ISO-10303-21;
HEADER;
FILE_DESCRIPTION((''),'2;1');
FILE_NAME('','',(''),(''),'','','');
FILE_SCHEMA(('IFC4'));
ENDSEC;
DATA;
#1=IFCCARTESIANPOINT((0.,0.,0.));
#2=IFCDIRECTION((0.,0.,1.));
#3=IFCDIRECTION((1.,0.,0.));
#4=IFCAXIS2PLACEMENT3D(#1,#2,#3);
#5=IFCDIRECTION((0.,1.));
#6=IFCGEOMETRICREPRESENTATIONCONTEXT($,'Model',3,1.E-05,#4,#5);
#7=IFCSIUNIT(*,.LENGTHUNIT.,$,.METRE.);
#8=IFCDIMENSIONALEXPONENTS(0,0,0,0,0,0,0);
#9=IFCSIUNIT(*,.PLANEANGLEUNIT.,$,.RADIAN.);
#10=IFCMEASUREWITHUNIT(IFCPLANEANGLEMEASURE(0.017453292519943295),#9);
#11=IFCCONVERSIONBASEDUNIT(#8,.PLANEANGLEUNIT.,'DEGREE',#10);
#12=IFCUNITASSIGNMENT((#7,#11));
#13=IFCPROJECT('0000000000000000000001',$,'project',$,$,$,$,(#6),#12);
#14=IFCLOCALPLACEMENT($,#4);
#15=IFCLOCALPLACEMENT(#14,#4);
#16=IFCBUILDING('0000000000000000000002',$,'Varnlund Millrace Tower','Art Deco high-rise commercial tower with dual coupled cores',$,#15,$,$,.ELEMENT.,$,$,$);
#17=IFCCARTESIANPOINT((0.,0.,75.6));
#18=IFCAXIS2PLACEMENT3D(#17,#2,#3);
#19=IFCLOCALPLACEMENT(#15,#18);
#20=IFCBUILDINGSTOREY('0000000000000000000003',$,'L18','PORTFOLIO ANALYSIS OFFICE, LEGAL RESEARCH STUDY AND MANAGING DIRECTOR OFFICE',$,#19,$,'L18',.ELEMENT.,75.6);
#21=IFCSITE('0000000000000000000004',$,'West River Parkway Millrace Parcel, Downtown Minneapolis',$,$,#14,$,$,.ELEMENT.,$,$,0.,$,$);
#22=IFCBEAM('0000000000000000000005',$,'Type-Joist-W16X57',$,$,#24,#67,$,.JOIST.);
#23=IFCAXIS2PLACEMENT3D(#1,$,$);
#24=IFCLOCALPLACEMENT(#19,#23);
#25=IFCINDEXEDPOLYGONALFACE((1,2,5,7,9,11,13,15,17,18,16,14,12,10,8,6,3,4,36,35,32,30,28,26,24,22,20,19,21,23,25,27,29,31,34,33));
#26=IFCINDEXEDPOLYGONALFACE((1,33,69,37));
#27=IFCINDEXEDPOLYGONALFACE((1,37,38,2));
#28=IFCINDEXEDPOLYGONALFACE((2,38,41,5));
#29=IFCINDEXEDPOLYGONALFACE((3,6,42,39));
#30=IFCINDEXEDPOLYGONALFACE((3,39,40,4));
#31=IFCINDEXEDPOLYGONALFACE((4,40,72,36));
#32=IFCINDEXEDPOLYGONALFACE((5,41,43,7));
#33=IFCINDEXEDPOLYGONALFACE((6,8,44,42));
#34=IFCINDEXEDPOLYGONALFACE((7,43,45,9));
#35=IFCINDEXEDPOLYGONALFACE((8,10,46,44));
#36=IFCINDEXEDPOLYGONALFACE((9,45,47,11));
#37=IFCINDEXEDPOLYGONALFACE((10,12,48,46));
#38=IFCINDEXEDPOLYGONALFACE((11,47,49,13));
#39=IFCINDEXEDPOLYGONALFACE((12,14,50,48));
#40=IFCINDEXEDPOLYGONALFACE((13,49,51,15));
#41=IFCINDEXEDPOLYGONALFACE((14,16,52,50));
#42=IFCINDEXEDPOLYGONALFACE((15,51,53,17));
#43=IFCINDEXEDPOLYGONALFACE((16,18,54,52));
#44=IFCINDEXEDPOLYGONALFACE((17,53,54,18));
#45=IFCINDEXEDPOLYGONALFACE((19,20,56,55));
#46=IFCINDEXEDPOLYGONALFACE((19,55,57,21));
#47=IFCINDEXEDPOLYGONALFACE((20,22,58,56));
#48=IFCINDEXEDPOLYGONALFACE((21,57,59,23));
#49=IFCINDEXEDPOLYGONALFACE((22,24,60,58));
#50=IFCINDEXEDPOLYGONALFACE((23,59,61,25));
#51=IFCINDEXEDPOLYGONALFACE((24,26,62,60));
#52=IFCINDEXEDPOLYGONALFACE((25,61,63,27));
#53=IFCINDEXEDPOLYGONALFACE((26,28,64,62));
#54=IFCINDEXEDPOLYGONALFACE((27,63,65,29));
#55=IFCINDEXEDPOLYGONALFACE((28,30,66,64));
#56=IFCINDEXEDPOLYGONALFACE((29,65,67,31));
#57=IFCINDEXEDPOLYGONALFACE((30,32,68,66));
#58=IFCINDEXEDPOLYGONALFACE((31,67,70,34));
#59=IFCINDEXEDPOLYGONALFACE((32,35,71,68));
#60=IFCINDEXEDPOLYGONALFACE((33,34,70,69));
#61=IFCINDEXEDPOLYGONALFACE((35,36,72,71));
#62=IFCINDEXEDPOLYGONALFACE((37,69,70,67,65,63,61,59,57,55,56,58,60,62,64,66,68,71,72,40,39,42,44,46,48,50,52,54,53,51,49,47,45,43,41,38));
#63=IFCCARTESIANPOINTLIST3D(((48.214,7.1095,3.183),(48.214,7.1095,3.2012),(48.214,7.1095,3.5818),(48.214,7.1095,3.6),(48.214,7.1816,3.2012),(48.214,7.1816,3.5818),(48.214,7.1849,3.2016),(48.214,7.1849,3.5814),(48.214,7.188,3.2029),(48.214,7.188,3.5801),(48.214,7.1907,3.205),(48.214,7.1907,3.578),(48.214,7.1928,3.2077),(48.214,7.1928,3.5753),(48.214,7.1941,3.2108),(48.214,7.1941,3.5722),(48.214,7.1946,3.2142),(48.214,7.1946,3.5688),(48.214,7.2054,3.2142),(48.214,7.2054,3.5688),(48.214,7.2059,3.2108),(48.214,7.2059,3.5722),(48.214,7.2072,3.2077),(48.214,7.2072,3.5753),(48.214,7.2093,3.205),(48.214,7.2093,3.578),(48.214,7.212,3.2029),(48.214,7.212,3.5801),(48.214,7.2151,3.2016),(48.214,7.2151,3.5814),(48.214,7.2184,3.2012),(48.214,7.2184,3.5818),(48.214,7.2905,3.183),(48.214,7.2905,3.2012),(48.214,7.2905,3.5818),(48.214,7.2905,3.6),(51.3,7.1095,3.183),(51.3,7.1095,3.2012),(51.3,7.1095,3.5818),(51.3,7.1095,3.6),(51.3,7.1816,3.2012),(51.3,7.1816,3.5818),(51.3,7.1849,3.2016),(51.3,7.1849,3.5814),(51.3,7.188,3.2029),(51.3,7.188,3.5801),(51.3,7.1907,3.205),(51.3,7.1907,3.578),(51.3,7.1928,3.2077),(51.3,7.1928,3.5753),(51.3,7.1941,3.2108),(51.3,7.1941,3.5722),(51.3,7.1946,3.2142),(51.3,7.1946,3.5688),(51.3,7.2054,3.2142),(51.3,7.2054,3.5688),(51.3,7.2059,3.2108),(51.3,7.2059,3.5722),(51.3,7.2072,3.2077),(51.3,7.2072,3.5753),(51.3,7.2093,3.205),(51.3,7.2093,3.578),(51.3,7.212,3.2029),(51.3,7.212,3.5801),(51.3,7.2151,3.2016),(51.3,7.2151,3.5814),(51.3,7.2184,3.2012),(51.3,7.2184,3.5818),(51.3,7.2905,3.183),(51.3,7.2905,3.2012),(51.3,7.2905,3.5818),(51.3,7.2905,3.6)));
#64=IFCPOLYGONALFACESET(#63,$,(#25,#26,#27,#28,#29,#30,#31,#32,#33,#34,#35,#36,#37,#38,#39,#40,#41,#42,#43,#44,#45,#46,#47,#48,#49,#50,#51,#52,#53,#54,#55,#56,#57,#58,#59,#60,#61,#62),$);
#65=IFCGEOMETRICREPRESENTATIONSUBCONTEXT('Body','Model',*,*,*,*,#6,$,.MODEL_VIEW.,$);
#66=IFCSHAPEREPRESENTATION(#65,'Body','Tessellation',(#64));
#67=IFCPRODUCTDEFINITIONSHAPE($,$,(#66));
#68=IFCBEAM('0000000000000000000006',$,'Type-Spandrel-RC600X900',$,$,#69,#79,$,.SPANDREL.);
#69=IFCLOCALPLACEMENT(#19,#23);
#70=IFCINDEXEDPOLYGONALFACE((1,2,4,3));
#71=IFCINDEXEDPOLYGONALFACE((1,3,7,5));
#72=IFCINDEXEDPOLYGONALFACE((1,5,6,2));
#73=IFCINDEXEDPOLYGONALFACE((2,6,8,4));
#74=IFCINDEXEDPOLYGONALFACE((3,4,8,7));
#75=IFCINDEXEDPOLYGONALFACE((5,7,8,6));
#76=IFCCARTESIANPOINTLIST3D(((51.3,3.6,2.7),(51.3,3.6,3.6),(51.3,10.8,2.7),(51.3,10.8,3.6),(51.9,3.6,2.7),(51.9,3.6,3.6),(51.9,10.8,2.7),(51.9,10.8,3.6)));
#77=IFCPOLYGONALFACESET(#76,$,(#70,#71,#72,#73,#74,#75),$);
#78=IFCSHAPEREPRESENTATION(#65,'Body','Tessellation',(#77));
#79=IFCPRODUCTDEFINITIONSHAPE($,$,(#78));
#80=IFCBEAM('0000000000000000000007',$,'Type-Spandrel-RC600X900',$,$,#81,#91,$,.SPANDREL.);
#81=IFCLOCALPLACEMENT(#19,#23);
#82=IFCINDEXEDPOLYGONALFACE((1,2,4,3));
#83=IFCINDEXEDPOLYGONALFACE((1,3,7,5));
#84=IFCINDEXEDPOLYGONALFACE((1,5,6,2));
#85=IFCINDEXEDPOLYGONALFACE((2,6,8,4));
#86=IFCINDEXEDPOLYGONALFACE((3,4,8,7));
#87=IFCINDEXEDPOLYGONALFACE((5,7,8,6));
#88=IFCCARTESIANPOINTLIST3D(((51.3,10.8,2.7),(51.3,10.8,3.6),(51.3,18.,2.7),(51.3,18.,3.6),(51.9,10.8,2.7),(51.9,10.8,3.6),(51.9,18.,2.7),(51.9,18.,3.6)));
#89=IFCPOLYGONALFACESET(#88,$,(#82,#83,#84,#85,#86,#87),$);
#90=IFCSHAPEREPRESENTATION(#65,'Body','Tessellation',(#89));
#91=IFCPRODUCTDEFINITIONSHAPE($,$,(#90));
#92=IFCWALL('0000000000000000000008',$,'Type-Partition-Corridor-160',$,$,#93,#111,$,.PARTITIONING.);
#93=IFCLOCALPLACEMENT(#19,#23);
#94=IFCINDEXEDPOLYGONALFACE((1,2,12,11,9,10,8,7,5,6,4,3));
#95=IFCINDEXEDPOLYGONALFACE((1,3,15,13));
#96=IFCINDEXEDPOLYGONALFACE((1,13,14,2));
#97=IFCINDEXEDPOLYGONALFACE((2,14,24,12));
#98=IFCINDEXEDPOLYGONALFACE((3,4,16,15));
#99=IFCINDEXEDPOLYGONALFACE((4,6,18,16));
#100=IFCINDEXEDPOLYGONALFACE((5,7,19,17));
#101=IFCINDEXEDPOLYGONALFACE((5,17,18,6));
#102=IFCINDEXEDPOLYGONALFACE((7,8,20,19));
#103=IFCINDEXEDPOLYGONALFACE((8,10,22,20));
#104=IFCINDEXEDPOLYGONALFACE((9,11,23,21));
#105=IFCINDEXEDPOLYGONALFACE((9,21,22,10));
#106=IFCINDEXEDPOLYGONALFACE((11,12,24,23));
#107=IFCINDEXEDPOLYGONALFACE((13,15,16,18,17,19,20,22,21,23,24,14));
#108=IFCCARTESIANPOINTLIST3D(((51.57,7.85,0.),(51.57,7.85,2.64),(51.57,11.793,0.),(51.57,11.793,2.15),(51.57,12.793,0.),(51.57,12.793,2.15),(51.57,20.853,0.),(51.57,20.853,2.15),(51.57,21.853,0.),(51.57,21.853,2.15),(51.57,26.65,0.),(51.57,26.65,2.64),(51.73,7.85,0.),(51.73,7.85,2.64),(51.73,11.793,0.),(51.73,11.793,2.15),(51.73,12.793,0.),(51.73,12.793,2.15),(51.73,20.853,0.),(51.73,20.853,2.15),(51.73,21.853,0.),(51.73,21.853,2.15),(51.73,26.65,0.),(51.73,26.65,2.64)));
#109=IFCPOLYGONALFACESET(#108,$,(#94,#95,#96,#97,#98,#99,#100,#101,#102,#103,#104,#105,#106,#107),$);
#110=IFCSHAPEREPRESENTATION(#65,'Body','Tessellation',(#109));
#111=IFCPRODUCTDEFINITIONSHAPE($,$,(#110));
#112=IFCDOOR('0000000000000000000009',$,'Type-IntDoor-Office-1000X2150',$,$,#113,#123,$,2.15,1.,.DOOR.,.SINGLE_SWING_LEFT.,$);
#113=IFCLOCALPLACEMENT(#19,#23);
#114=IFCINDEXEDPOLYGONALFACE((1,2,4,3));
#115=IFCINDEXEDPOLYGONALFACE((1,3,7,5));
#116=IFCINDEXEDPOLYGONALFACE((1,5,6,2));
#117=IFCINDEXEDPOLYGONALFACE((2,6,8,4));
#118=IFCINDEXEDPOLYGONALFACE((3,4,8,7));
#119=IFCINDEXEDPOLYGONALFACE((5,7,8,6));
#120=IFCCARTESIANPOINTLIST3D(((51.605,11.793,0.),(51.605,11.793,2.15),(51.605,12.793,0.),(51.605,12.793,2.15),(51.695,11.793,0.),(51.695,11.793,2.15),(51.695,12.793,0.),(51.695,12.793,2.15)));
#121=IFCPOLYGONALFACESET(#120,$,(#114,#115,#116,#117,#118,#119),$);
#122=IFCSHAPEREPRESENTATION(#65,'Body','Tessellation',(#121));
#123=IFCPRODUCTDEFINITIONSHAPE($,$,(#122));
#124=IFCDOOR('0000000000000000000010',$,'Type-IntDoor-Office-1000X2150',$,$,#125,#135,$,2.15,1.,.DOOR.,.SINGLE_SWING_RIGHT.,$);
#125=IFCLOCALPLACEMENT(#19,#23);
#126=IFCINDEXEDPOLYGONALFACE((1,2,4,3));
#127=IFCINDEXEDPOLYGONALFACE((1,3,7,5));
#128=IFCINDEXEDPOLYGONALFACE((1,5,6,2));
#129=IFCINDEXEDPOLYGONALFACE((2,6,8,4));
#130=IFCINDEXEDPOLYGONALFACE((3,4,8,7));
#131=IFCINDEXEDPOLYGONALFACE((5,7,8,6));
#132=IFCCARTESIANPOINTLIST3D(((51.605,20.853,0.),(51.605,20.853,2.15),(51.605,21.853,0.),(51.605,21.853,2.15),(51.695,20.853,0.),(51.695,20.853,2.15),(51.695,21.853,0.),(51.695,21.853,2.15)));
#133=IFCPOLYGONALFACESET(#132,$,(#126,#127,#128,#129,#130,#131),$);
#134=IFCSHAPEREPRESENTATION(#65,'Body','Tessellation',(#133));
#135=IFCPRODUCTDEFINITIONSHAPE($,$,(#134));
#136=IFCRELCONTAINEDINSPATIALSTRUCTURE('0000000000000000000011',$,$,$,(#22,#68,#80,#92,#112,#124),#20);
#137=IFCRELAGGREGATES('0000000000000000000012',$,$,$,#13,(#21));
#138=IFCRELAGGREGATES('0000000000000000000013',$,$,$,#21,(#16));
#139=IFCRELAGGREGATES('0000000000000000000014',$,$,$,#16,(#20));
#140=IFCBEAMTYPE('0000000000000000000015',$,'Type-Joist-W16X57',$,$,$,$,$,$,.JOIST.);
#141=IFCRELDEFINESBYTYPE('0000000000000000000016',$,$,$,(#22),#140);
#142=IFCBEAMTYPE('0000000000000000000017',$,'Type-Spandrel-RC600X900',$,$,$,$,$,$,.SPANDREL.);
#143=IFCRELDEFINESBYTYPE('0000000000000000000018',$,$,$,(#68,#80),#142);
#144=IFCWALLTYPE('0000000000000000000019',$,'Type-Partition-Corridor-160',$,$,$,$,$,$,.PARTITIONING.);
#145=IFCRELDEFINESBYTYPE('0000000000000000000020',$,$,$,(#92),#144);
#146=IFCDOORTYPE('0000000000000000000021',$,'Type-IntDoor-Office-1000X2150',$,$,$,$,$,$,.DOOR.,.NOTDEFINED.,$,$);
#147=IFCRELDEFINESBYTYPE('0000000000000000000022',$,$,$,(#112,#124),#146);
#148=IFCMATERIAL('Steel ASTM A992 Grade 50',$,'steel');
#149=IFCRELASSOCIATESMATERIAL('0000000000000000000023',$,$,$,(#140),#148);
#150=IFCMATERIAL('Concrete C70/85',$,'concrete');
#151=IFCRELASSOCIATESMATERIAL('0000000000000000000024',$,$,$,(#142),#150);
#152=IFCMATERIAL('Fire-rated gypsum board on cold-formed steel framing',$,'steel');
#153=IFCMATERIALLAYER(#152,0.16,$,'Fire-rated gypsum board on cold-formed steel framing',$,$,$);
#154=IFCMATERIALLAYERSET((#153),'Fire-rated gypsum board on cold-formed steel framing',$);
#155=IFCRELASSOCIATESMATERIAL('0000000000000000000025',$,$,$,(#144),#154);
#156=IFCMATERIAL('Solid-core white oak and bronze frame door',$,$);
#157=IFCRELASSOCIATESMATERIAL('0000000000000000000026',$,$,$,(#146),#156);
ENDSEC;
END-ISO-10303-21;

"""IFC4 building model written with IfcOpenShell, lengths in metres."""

from ifc_helpers import new_model, entity, si_unit, converted_unit, direction, frame, origin_with_axes, origin_2d_with_axis, place, context, subcontext, project, spatial, polyline, rectangle, i_section, outline, extrude, material, layer, layer_set, material_profile, profile_set, type_object, element, fill, save


model = new_model("IFC4")

# Units and contexts
model_context = context("Model", 3, precision=1e-05, world=origin_with_axes(), true_north=direction((0.0, 1.0)))
body_context = subcontext(model_context, "Body", "Model", "MODEL_VIEW")
ifc_project = project(units=[si_unit("LENGTHUNIT", "METRE"), converted_unit("PLANEANGLEUNIT", "DEGREE", entity("IfcPlaneAngleMeasure", 0.017453292519943295), si_unit("PLANEANGLEUNIT", "RADIAN"), dimensions=[0, 0, 0, 0, 0, 0, 0])], contexts=[model_context])

# Site, building, storey
site_placement = place(None, origin_with_axes())
site = spatial("IfcSite", under=ifc_project, at=site_placement, Name="West River Parkway Millrace Parcel, Downtown Minneapolis", CompositionType="ELEMENT", RefElevation=0.0)
building_placement = place(site_placement, origin_with_axes())
building = spatial("IfcBuilding", under=site, at=building_placement, Name="Varnlund Millrace Tower", Description="Art Deco high-rise commercial tower with dual coupled cores", CompositionType="ELEMENT")
storey_placement = place(building_placement, frame((0.0, 0.0, 75.6), z_axis=(0.0, 0.0, 1.0), x_axis=(1.0, 0.0, 0.0)))
storey = spatial("IfcBuildingStorey", under=building, at=storey_placement, Name="L18", Description="PORTFOLIO ANALYSIS OFFICE, LEGAL RESEARCH STUDY AND MANAGING DIRECTOR OFFICE", LongName="L18", CompositionType="ELEMENT", Elevation=75.6)

# Beams
ifc_material_1 = material(Name="Steel ASTM A992 Grade 50", Category="steel")
ifc_material_profile_1 = material_profile(ifc_material_1, i_section(OverallWidth=0.181, OverallDepth=0.417, WebThickness=0.0109, FlangeThickness=0.0182, FilletRadius=0.013, at=origin_2d_with_axis()), Name="Steel ASTM A992 Grade 50")
ifc_profile_set_1 = profile_set([ifc_material_profile_1], Name="Steel ASTM A992 Grade 50")
beam_type_1 = type_object("IfcBeamType", Name="Type-Joist-W16X57", PredefinedType="JOIST", material=ifc_profile_set_1)
beam_1_placement = place(storey_placement, frame((48.214, 7.2, 3.3915), z_axis=(1.0, 0.0, 0.0), x_axis=(0.0, 1.0, 0.0)))
element("IfcBeam", 1, at=beam_1_placement, inside=storey, type_object=beam_type_1, Name="Type-Joist-W16X57", PredefinedType="JOIST", context=body_context, shape_type="SweptSolid", body=[
    extrude(i_section(OverallWidth=0.181, OverallDepth=0.417, WebThickness=0.0109, FlangeThickness=0.0182, FilletRadius=0.013, at=origin_2d_with_axis()), origin_with_axes(), (0.0, 0.0, 1.0), 3.086),
])
ifc_material_2 = material(Name="Concrete C70/85", Category="concrete")
ifc_material_profile_2 = material_profile(ifc_material_2, rectangle(XDim=0.6, YDim=0.9, at=origin_2d_with_axis()), Name="Concrete C70/85")
ifc_profile_set_2 = profile_set([ifc_material_profile_2], Name="Concrete C70/85")
beam_type_2 = type_object("IfcBeamType", Name="Type-Spandrel-RC600X900", PredefinedType="SPANDREL", material=ifc_profile_set_2)
for number, where, z_axis, x_axis, name in (
    (2, (51.6, 3.6, 3.15), (0.0, 1.0, 0.0), (-1.0, 0.0, 0.0), "Type-Spandrel-RC600X900"),
    (3, (51.6, 10.8, 3.15), (0.0, 1.0, 0.0), (-1.0, 0.0, 0.0), "Type-Spandrel-RC600X900"),
):
    element("IfcBeam", number, at=place(storey_placement, frame(where, z_axis=z_axis, x_axis=x_axis)), inside=storey, type_object=beam_type_2, Name=name, PredefinedType="SPANDREL", context=body_context, shape_type="SweptSolid", body=[
        extrude(rectangle(XDim=0.6, YDim=0.9, at=origin_2d_with_axis()), origin_with_axes(), (0.0, 0.0, 1.0), 7.2),
    ])

# Wall, openings, doors
ifc_material_3 = material(Name="Fire-rated gypsum board on cold-formed steel framing", Category="steel")
ifc_layer = layer(ifc_material_3, 0.16, Name="Fire-rated gypsum board on cold-formed steel framing")
ifc_layer_set = layer_set([ifc_layer], Name="Fire-rated gypsum board on cold-formed steel framing")
wall_type = type_object("IfcWallType", Name="Type-Partition-Corridor-160", PredefinedType="PARTITIONING", material=ifc_layer_set)
wall_placement = place(storey_placement, frame((51.65, 7.85, 0.0), z_axis=(0.0, 0.0, 1.0), x_axis=(0.0, 1.0, 0.0)))
wall = element("IfcWall", 4, at=wall_placement, inside=storey, type_object=wall_type, Name="Type-Partition-Corridor-160", PredefinedType="PARTITIONING", context=body_context, shape_type="SweptSolid", body=[
    extrude(outline(polyline([(0.0, -0.08), (18.8, -0.08), (18.8, 0.08), (0.0, 0.08), (0.0, -0.08)])), origin_with_axes(), (0.0, 0.0, 1.0), 2.64),
])
opening_1_placement = place(wall_placement, frame((4.443, 0.0, 0.0), z_axis=(0.0, 0.0, 1.0), x_axis=(1.0, 0.0, 0.0)))
opening_1 = element("IfcOpeningElement", 5, at=opening_1_placement, cuts=wall, PredefinedType="OPENING", context=body_context, shape_type="SweptSolid", body=[
    extrude(rectangle(XDim=1.0, YDim=0.18, at=origin_2d_with_axis()), origin_with_axes(), (0.0, 0.0, 1.0), 2.15),
])
opening_2_placement = place(wall_placement, frame((13.503, 0.0, 0.0), z_axis=(0.0, 0.0, 1.0), x_axis=(1.0, 0.0, 0.0)))
opening_2 = element("IfcOpeningElement", 6, at=opening_2_placement, cuts=wall, PredefinedType="OPENING", context=body_context, shape_type="SweptSolid", body=[
    extrude(rectangle(XDim=1.0, YDim=0.18, at=origin_2d_with_axis()), origin_with_axes(), (0.0, 0.0, 1.0), 2.15),
])
ifc_material_4 = material(Name="Solid-core white oak and bronze frame door")
door_type = type_object("IfcDoorType", Name="Type-IntDoor-Office-1000X2150", OperationType="NOTDEFINED", PredefinedType="DOOR", material=ifc_material_4)
door_1_placement = place(wall_placement, frame((4.443, 0.0, 0.0), z_axis=(0.0, 0.0, 1.0), x_axis=(1.0, 0.0, 0.0)))
door_1 = element("IfcDoor", 7, at=door_1_placement, inside=storey, type_object=door_type, Name="Type-IntDoor-Office-1000X2150", OperationType="SINGLE_SWING_LEFT", OverallHeight=2.15, OverallWidth=1.0, PredefinedType="DOOR", context=body_context, shape_type="SweptSolid", body=[
    extrude(rectangle(XDim=1.0, YDim=0.09, at=origin_2d_with_axis()), origin_with_axes(), (0.0, 0.0, 1.0), 2.15),
])
fill(opening_1, door_1)
door_2_placement = place(wall_placement, frame((13.503, 0.0, 0.0), z_axis=(0.0, 0.0, 1.0), x_axis=(1.0, 0.0, 0.0)))
door_2 = element("IfcDoor", 8, at=door_2_placement, inside=storey, type_object=door_type, Name="Type-IntDoor-Office-1000X2150", OperationType="SINGLE_SWING_RIGHT", OverallHeight=2.15, OverallWidth=1.0, PredefinedType="DOOR", context=body_context, shape_type="SweptSolid", body=[
    extrude(rectangle(XDim=1.0, YDim=0.09, at=origin_2d_with_axis()), origin_with_axes(), (0.0, 0.0, 1.0), 2.15),
])
fill(opening_2, door_2)

save(model, "model.ifc")
